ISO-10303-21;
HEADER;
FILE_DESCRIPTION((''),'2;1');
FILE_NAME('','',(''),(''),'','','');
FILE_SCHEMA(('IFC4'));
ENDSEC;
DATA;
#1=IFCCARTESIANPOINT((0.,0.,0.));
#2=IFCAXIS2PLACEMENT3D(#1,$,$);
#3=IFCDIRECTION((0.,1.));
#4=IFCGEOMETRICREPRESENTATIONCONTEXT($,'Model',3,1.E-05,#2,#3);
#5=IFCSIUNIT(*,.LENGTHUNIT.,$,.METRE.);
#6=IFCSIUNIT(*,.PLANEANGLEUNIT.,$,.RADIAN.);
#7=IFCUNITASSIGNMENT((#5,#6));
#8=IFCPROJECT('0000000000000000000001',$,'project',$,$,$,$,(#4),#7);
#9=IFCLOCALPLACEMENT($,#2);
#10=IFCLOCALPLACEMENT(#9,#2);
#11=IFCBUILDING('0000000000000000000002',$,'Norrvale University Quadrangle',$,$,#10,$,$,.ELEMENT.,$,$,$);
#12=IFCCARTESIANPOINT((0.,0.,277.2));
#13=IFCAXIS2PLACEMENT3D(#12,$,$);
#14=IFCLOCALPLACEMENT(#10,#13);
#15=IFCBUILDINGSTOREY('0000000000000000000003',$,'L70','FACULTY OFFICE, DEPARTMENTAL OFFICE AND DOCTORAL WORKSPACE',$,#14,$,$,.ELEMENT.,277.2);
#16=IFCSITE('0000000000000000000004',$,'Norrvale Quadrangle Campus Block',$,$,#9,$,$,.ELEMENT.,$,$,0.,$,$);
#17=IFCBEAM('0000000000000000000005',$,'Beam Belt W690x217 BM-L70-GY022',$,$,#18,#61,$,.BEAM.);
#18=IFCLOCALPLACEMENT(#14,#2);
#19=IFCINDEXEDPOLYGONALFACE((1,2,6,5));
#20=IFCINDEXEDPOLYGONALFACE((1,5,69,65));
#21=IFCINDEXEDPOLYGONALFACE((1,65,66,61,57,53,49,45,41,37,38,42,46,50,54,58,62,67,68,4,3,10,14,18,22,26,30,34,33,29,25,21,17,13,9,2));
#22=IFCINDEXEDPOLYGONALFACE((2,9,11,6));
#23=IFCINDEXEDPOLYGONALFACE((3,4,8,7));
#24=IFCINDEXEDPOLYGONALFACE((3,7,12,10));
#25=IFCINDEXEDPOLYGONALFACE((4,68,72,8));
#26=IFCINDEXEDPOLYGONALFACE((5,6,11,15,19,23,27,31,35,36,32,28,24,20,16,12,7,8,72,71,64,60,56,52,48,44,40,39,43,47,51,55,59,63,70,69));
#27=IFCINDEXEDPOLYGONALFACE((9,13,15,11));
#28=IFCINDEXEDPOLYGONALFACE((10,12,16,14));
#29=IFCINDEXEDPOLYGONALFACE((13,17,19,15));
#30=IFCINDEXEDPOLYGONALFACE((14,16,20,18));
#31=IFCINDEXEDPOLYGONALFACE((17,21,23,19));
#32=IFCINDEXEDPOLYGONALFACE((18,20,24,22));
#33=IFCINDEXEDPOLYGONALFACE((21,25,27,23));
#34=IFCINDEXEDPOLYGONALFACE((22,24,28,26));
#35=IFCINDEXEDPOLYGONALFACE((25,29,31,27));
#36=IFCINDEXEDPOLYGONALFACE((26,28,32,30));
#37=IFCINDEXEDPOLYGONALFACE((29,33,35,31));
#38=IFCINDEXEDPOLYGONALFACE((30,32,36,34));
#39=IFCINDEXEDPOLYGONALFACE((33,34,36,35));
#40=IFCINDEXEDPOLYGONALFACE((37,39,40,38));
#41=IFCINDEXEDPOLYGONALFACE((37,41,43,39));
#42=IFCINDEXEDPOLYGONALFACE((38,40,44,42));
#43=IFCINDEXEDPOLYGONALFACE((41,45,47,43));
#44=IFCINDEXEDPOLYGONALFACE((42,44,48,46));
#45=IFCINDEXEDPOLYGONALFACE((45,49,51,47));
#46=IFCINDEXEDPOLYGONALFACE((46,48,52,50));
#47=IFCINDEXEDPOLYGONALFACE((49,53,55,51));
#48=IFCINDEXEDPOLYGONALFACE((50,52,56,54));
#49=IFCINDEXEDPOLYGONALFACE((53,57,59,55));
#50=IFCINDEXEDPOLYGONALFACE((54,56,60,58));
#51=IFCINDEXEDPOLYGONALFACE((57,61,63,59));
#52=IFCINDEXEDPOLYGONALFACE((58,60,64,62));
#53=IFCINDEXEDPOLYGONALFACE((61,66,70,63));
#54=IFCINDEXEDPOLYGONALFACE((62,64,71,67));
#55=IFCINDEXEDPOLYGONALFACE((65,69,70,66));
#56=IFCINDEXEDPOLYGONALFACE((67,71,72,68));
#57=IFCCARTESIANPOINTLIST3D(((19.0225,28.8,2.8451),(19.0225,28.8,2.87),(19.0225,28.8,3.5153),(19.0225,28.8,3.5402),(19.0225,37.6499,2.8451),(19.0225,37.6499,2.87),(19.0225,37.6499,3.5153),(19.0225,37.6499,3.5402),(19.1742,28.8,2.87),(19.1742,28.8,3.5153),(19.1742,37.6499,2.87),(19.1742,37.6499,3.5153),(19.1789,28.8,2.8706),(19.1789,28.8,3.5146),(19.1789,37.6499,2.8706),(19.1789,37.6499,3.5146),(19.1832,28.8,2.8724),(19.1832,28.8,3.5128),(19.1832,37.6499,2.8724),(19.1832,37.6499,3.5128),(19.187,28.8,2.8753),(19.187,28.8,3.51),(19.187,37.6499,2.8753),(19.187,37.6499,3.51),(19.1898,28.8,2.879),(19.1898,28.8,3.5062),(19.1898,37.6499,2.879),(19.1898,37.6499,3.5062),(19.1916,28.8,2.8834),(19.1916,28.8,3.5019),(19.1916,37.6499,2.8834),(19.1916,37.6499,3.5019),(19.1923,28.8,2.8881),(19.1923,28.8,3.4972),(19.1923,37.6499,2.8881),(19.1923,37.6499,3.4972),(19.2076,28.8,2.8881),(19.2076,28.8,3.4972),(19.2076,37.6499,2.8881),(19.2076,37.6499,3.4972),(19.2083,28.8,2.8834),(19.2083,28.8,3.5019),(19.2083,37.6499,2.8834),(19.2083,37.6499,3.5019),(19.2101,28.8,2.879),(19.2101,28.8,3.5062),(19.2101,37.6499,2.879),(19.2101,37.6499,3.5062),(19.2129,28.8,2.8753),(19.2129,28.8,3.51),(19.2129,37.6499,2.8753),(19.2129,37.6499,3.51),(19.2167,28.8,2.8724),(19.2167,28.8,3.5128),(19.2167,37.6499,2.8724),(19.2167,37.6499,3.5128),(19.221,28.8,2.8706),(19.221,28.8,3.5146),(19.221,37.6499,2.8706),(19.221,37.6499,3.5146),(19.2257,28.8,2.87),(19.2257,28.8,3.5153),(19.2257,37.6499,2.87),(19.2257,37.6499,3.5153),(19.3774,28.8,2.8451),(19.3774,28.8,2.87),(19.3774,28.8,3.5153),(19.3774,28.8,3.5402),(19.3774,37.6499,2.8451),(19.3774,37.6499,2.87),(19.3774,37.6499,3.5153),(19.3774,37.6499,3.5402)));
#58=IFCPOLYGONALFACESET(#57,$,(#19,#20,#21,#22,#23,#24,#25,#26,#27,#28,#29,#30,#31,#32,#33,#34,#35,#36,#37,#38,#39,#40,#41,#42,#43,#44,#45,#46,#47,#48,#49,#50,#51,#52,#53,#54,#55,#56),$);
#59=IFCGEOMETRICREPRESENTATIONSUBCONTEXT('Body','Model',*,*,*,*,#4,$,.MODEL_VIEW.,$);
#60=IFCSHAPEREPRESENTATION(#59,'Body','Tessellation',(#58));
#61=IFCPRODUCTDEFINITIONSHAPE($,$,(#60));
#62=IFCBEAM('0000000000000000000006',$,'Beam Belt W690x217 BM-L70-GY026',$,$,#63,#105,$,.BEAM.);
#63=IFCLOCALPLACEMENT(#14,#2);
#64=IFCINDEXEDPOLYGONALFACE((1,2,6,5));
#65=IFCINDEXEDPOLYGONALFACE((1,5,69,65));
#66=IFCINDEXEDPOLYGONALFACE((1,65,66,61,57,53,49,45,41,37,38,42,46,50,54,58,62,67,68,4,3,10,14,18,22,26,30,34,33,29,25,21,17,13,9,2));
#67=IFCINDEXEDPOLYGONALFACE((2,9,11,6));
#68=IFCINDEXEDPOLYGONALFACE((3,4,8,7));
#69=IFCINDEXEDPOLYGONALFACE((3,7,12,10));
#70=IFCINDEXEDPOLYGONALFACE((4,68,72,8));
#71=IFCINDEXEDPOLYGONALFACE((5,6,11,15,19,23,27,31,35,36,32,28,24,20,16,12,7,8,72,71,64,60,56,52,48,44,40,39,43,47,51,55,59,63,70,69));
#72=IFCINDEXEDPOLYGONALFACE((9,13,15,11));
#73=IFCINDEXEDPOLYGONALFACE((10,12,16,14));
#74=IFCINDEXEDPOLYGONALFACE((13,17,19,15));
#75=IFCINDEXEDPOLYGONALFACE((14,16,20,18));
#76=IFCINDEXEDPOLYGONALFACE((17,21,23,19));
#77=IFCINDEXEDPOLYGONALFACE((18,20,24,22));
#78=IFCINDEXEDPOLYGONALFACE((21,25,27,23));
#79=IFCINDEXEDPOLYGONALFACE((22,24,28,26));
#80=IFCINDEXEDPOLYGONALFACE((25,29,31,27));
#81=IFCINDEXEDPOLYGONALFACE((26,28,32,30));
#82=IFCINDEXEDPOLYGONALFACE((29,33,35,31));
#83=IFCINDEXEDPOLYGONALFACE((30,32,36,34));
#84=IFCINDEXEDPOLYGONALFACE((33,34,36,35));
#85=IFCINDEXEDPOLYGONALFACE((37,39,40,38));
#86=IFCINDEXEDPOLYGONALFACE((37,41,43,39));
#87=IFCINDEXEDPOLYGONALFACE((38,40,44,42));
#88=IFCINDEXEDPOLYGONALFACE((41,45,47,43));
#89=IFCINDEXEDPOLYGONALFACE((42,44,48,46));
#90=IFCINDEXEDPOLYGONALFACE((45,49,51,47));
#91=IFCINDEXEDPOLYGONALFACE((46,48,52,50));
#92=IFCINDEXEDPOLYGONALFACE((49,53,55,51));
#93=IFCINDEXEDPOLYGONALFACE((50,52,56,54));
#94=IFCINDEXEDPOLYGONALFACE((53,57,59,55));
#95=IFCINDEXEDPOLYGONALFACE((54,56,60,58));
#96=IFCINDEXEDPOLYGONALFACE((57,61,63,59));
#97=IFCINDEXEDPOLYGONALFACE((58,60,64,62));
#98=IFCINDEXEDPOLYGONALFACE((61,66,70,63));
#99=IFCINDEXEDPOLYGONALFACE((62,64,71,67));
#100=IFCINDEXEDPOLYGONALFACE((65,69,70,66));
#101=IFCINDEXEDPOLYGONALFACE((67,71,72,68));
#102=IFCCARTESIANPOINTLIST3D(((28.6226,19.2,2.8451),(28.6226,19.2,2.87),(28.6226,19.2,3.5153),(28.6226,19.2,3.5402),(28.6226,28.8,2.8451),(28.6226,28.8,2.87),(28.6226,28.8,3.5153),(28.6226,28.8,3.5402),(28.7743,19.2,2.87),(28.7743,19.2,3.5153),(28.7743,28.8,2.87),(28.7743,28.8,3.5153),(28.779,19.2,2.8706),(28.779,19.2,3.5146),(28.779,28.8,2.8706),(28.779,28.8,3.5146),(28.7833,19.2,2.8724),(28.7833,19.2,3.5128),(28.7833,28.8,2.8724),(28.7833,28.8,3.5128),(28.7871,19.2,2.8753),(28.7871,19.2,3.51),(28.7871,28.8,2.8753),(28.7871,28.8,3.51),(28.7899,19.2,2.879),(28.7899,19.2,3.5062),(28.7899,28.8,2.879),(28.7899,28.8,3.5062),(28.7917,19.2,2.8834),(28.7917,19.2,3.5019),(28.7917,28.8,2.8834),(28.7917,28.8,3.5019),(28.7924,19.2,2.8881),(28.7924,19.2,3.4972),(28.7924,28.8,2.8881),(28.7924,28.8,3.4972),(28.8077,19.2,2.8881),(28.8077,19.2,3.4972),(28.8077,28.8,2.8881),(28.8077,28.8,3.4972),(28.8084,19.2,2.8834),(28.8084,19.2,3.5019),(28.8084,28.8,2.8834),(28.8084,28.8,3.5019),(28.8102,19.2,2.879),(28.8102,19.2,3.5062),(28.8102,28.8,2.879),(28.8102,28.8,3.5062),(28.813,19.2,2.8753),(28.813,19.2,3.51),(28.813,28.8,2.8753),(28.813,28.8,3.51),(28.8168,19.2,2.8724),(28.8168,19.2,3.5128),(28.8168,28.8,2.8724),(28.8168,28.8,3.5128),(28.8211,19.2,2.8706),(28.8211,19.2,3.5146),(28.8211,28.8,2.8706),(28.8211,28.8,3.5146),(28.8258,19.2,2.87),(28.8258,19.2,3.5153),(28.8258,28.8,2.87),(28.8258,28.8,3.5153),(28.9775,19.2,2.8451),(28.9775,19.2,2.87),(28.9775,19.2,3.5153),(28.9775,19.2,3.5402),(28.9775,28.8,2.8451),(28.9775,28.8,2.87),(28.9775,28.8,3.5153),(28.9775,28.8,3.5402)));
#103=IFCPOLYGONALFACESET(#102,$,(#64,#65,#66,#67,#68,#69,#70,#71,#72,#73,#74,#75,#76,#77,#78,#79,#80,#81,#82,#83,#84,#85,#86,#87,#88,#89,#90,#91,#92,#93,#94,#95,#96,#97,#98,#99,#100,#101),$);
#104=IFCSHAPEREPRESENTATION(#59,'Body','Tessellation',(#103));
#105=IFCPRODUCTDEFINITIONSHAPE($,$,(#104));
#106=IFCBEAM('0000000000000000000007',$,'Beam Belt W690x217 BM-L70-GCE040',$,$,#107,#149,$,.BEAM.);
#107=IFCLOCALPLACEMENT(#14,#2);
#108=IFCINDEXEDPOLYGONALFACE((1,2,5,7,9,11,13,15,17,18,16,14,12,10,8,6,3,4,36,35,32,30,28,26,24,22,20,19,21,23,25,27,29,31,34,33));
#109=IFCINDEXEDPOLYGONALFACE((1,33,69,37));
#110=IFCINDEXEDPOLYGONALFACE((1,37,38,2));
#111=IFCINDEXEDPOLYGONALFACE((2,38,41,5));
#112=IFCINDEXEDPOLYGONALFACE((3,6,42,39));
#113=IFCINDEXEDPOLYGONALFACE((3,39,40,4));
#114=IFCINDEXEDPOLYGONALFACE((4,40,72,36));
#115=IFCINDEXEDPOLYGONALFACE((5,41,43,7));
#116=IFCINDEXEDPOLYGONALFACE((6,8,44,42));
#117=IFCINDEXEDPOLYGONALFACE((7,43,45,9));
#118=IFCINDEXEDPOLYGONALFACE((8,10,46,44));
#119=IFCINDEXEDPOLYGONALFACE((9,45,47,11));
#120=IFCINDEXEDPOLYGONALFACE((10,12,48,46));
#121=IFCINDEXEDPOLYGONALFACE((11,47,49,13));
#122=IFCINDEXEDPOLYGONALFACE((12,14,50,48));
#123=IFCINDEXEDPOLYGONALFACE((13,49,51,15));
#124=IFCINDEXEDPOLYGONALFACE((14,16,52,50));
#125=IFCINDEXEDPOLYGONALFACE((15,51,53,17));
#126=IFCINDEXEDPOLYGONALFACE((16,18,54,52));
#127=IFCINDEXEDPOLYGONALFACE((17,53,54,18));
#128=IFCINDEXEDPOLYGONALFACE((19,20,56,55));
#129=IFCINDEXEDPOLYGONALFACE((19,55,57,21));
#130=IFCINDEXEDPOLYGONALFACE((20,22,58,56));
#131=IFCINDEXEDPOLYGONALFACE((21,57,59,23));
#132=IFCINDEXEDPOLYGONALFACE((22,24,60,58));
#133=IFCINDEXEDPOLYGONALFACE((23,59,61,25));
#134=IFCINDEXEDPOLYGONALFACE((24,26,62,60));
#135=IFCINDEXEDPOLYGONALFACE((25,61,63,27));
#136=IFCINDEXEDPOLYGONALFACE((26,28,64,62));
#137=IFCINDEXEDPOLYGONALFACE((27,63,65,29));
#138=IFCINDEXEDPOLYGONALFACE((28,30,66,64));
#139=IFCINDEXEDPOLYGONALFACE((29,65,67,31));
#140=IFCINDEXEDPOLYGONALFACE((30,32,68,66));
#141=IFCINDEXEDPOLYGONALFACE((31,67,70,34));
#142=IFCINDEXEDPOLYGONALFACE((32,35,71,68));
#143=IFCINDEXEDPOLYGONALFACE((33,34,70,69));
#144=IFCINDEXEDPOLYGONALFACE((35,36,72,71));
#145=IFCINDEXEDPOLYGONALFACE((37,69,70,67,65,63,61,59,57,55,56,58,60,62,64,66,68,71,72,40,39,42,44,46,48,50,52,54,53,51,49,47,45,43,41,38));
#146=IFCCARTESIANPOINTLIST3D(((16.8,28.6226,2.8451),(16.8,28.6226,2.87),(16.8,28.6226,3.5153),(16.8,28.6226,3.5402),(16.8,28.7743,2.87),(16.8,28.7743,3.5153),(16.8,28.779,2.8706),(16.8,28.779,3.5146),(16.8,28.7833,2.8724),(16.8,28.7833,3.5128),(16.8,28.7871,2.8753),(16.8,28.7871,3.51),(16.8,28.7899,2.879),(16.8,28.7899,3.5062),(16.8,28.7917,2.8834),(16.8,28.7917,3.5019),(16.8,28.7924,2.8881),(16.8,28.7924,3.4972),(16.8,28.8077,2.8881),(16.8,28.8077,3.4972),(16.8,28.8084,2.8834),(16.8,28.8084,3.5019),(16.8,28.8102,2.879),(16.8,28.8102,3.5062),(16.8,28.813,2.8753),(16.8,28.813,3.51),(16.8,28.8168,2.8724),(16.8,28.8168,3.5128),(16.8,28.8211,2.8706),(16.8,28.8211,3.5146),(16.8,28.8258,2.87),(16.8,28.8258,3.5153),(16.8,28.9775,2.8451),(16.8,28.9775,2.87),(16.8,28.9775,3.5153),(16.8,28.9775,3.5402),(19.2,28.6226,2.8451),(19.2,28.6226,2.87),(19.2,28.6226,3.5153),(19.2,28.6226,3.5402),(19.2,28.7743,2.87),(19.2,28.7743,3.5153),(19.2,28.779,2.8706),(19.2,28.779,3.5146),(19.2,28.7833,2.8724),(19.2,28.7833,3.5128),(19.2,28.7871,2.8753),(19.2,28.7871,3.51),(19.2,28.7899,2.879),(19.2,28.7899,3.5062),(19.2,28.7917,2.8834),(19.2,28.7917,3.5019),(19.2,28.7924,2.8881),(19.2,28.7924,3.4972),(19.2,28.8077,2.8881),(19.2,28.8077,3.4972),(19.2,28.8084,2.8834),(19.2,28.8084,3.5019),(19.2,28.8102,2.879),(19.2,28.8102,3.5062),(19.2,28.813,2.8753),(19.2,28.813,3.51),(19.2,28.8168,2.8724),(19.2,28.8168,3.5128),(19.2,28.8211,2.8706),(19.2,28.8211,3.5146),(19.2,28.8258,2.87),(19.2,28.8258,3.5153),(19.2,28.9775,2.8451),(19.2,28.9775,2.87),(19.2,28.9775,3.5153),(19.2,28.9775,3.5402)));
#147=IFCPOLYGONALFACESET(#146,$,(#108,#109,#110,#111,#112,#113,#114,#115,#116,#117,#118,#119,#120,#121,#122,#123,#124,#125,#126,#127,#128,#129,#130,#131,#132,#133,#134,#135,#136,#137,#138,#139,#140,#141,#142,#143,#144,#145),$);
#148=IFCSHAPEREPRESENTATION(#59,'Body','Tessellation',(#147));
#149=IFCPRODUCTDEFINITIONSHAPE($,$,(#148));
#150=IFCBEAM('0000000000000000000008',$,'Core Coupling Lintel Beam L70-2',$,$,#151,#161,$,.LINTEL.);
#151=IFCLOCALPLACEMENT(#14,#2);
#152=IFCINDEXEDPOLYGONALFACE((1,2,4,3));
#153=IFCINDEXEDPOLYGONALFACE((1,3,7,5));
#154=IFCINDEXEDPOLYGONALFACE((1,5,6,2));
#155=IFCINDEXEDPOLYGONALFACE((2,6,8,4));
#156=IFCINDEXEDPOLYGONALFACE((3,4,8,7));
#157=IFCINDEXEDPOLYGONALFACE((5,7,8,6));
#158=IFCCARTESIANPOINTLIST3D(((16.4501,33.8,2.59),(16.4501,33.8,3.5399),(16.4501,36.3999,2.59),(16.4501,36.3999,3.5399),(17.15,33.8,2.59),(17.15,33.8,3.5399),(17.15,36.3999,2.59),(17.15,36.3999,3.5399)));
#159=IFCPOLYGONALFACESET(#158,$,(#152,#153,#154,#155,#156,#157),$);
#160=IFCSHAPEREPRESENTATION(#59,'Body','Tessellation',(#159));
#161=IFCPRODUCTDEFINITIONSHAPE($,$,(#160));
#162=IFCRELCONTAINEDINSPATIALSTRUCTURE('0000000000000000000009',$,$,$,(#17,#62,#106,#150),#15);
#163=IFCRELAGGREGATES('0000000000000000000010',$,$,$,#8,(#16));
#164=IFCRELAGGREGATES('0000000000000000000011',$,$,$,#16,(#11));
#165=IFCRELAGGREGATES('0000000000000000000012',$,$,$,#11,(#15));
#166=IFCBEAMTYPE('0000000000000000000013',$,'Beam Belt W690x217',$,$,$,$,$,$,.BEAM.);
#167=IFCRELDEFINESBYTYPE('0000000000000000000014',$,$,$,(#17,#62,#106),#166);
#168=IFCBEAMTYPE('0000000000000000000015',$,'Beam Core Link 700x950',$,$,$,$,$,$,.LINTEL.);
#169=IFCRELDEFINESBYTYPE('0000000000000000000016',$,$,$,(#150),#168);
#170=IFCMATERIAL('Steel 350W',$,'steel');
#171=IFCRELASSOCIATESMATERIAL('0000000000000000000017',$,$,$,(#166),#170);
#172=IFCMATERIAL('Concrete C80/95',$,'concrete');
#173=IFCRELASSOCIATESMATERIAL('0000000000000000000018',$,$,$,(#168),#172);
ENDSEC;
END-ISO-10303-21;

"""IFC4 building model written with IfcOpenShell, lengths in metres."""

from ifc_helpers import new_model, si_unit, direction, frame, origin, origin_2d, place, context, subcontext, project, spatial, rectangle, i_section, extrude, material, material_profile, profile_set, type_object, element, save


model = new_model("IFC4")

# Units and contexts
model_context = context("Model", 3, precision=1e-05, world=origin(), true_north=direction((0.0, 1.0)))
body_context = subcontext(model_context, "Body", "Model", "MODEL_VIEW")
ifc_project = project(units=[si_unit("LENGTHUNIT", "METRE"), si_unit("PLANEANGLEUNIT", "RADIAN")], contexts=[model_context])

# Site, building, storey
site_placement = place(None, origin())
site = spatial("IfcSite", under=ifc_project, at=site_placement, Name="Norrvale Quadrangle Campus Block", CompositionType="ELEMENT", RefElevation=0.0)
building_placement = place(site_placement, origin())
building = spatial("IfcBuilding", under=site, at=building_placement, Name="Norrvale University Quadrangle", CompositionType="ELEMENT")
storey_placement = place(building_placement, frame((0.0, 0.0, 277.2)))
storey = spatial("IfcBuildingStorey", under=building, at=storey_placement, Name="L70", Description="FACULTY OFFICE, DEPARTMENTAL OFFICE AND DOCTORAL WORKSPACE", CompositionType="ELEMENT", Elevation=277.2)

# Beams
ifc_material_1 = material(Name="Steel 350W", Category="steel")
ifc_material_profile_1 = material_profile(ifc_material_1, i_section(OverallWidth=0.355, OverallDepth=0.6951, WebThickness=0.0154, FlangeThickness=0.0249, FilletRadius=0.0181, at=origin_2d()), Name="Steel 350W")
ifc_profile_set_1 = profile_set([ifc_material_profile_1], Name="Steel 350W")
beam_type_1 = type_object("IfcBeamType", Name="Beam Belt W690x217", PredefinedType="BEAM", material=ifc_profile_set_1)
beam_1_placement = place(storey_placement, frame((19.2, 28.8, 3.1926), z_axis=(0.0, 1.0, 0.0), x_axis=(-1.0, 0.0, 0.0)))
element("IfcBeam", 1, at=beam_1_placement, inside=storey, type_object=beam_type_1, Name="Beam Belt W690x217 BM-L70-GY022", PredefinedType="BEAM", context=body_context, shape_type="SweptSolid", body=[
    extrude(i_section(OverallWidth=0.355, OverallDepth=0.6951, WebThickness=0.0154, FlangeThickness=0.0249, FilletRadius=0.0181, at=origin_2d()), origin(), (0.0, 0.0, 1.0), 8.8499),
])
beam_2_placement = place(storey_placement, frame((28.8, 19.2, 3.1926), z_axis=(0.0, 1.0, 0.0), x_axis=(-1.0, 0.0, 0.0)))
element("IfcBeam", 2, at=beam_2_placement, inside=storey, type_object=beam_type_1, Name="Beam Belt W690x217 BM-L70-GY026", PredefinedType="BEAM", context=body_context, shape_type="SweptSolid", body=[
    extrude(i_section(OverallWidth=0.355, OverallDepth=0.6951, WebThickness=0.0154, FlangeThickness=0.0249, FilletRadius=0.0181, at=origin_2d()), origin(), (0.0, 0.0, 1.0), 9.6001),
])
beam_3_placement = place(storey_placement, frame((16.8, 28.8, 3.1926), z_axis=(1.0, 0.0, 0.0), x_axis=(0.0, 1.0, 0.0)))
element("IfcBeam", 3, at=beam_3_placement, inside=storey, type_object=beam_type_1, Name="Beam Belt W690x217 BM-L70-GCE040", PredefinedType="BEAM", context=body_context, shape_type="SweptSolid", body=[
    extrude(i_section(OverallWidth=0.355, OverallDepth=0.6951, WebThickness=0.0154, FlangeThickness=0.0249, FilletRadius=0.0181, at=origin_2d()), origin(), (0.0, 0.0, 1.0), 2.3999),
])
ifc_material_2 = material(Name="Concrete C80/95", Category="concrete")
ifc_material_profile_2 = material_profile(ifc_material_2, rectangle(XDim=0.7, YDim=0.95, at=origin_2d()), Name="Concrete C80/95")
ifc_profile_set_2 = profile_set([ifc_material_profile_2], Name="Concrete C80/95")
beam_type_2 = type_object("IfcBeamType", Name="Beam Core Link 700x950", PredefinedType="LINTEL", material=ifc_profile_set_2)
beam_4_placement = place(storey_placement, frame((16.8, 33.8, 3.0649), z_axis=(0.0, 1.0, 0.0), x_axis=(-1.0, 0.0, 0.0)))
element("IfcBeam", 4, at=beam_4_placement, inside=storey, type_object=beam_type_2, Name="Core Coupling Lintel Beam L70-2", PredefinedType="LINTEL", context=body_context, shape_type="SweptSolid", body=[
    extrude(rectangle(XDim=0.7, YDim=0.95, at=origin_2d()), origin(), (0.0, 0.0, 1.0), 2.5999),
])

save(model, "model.ifc")
